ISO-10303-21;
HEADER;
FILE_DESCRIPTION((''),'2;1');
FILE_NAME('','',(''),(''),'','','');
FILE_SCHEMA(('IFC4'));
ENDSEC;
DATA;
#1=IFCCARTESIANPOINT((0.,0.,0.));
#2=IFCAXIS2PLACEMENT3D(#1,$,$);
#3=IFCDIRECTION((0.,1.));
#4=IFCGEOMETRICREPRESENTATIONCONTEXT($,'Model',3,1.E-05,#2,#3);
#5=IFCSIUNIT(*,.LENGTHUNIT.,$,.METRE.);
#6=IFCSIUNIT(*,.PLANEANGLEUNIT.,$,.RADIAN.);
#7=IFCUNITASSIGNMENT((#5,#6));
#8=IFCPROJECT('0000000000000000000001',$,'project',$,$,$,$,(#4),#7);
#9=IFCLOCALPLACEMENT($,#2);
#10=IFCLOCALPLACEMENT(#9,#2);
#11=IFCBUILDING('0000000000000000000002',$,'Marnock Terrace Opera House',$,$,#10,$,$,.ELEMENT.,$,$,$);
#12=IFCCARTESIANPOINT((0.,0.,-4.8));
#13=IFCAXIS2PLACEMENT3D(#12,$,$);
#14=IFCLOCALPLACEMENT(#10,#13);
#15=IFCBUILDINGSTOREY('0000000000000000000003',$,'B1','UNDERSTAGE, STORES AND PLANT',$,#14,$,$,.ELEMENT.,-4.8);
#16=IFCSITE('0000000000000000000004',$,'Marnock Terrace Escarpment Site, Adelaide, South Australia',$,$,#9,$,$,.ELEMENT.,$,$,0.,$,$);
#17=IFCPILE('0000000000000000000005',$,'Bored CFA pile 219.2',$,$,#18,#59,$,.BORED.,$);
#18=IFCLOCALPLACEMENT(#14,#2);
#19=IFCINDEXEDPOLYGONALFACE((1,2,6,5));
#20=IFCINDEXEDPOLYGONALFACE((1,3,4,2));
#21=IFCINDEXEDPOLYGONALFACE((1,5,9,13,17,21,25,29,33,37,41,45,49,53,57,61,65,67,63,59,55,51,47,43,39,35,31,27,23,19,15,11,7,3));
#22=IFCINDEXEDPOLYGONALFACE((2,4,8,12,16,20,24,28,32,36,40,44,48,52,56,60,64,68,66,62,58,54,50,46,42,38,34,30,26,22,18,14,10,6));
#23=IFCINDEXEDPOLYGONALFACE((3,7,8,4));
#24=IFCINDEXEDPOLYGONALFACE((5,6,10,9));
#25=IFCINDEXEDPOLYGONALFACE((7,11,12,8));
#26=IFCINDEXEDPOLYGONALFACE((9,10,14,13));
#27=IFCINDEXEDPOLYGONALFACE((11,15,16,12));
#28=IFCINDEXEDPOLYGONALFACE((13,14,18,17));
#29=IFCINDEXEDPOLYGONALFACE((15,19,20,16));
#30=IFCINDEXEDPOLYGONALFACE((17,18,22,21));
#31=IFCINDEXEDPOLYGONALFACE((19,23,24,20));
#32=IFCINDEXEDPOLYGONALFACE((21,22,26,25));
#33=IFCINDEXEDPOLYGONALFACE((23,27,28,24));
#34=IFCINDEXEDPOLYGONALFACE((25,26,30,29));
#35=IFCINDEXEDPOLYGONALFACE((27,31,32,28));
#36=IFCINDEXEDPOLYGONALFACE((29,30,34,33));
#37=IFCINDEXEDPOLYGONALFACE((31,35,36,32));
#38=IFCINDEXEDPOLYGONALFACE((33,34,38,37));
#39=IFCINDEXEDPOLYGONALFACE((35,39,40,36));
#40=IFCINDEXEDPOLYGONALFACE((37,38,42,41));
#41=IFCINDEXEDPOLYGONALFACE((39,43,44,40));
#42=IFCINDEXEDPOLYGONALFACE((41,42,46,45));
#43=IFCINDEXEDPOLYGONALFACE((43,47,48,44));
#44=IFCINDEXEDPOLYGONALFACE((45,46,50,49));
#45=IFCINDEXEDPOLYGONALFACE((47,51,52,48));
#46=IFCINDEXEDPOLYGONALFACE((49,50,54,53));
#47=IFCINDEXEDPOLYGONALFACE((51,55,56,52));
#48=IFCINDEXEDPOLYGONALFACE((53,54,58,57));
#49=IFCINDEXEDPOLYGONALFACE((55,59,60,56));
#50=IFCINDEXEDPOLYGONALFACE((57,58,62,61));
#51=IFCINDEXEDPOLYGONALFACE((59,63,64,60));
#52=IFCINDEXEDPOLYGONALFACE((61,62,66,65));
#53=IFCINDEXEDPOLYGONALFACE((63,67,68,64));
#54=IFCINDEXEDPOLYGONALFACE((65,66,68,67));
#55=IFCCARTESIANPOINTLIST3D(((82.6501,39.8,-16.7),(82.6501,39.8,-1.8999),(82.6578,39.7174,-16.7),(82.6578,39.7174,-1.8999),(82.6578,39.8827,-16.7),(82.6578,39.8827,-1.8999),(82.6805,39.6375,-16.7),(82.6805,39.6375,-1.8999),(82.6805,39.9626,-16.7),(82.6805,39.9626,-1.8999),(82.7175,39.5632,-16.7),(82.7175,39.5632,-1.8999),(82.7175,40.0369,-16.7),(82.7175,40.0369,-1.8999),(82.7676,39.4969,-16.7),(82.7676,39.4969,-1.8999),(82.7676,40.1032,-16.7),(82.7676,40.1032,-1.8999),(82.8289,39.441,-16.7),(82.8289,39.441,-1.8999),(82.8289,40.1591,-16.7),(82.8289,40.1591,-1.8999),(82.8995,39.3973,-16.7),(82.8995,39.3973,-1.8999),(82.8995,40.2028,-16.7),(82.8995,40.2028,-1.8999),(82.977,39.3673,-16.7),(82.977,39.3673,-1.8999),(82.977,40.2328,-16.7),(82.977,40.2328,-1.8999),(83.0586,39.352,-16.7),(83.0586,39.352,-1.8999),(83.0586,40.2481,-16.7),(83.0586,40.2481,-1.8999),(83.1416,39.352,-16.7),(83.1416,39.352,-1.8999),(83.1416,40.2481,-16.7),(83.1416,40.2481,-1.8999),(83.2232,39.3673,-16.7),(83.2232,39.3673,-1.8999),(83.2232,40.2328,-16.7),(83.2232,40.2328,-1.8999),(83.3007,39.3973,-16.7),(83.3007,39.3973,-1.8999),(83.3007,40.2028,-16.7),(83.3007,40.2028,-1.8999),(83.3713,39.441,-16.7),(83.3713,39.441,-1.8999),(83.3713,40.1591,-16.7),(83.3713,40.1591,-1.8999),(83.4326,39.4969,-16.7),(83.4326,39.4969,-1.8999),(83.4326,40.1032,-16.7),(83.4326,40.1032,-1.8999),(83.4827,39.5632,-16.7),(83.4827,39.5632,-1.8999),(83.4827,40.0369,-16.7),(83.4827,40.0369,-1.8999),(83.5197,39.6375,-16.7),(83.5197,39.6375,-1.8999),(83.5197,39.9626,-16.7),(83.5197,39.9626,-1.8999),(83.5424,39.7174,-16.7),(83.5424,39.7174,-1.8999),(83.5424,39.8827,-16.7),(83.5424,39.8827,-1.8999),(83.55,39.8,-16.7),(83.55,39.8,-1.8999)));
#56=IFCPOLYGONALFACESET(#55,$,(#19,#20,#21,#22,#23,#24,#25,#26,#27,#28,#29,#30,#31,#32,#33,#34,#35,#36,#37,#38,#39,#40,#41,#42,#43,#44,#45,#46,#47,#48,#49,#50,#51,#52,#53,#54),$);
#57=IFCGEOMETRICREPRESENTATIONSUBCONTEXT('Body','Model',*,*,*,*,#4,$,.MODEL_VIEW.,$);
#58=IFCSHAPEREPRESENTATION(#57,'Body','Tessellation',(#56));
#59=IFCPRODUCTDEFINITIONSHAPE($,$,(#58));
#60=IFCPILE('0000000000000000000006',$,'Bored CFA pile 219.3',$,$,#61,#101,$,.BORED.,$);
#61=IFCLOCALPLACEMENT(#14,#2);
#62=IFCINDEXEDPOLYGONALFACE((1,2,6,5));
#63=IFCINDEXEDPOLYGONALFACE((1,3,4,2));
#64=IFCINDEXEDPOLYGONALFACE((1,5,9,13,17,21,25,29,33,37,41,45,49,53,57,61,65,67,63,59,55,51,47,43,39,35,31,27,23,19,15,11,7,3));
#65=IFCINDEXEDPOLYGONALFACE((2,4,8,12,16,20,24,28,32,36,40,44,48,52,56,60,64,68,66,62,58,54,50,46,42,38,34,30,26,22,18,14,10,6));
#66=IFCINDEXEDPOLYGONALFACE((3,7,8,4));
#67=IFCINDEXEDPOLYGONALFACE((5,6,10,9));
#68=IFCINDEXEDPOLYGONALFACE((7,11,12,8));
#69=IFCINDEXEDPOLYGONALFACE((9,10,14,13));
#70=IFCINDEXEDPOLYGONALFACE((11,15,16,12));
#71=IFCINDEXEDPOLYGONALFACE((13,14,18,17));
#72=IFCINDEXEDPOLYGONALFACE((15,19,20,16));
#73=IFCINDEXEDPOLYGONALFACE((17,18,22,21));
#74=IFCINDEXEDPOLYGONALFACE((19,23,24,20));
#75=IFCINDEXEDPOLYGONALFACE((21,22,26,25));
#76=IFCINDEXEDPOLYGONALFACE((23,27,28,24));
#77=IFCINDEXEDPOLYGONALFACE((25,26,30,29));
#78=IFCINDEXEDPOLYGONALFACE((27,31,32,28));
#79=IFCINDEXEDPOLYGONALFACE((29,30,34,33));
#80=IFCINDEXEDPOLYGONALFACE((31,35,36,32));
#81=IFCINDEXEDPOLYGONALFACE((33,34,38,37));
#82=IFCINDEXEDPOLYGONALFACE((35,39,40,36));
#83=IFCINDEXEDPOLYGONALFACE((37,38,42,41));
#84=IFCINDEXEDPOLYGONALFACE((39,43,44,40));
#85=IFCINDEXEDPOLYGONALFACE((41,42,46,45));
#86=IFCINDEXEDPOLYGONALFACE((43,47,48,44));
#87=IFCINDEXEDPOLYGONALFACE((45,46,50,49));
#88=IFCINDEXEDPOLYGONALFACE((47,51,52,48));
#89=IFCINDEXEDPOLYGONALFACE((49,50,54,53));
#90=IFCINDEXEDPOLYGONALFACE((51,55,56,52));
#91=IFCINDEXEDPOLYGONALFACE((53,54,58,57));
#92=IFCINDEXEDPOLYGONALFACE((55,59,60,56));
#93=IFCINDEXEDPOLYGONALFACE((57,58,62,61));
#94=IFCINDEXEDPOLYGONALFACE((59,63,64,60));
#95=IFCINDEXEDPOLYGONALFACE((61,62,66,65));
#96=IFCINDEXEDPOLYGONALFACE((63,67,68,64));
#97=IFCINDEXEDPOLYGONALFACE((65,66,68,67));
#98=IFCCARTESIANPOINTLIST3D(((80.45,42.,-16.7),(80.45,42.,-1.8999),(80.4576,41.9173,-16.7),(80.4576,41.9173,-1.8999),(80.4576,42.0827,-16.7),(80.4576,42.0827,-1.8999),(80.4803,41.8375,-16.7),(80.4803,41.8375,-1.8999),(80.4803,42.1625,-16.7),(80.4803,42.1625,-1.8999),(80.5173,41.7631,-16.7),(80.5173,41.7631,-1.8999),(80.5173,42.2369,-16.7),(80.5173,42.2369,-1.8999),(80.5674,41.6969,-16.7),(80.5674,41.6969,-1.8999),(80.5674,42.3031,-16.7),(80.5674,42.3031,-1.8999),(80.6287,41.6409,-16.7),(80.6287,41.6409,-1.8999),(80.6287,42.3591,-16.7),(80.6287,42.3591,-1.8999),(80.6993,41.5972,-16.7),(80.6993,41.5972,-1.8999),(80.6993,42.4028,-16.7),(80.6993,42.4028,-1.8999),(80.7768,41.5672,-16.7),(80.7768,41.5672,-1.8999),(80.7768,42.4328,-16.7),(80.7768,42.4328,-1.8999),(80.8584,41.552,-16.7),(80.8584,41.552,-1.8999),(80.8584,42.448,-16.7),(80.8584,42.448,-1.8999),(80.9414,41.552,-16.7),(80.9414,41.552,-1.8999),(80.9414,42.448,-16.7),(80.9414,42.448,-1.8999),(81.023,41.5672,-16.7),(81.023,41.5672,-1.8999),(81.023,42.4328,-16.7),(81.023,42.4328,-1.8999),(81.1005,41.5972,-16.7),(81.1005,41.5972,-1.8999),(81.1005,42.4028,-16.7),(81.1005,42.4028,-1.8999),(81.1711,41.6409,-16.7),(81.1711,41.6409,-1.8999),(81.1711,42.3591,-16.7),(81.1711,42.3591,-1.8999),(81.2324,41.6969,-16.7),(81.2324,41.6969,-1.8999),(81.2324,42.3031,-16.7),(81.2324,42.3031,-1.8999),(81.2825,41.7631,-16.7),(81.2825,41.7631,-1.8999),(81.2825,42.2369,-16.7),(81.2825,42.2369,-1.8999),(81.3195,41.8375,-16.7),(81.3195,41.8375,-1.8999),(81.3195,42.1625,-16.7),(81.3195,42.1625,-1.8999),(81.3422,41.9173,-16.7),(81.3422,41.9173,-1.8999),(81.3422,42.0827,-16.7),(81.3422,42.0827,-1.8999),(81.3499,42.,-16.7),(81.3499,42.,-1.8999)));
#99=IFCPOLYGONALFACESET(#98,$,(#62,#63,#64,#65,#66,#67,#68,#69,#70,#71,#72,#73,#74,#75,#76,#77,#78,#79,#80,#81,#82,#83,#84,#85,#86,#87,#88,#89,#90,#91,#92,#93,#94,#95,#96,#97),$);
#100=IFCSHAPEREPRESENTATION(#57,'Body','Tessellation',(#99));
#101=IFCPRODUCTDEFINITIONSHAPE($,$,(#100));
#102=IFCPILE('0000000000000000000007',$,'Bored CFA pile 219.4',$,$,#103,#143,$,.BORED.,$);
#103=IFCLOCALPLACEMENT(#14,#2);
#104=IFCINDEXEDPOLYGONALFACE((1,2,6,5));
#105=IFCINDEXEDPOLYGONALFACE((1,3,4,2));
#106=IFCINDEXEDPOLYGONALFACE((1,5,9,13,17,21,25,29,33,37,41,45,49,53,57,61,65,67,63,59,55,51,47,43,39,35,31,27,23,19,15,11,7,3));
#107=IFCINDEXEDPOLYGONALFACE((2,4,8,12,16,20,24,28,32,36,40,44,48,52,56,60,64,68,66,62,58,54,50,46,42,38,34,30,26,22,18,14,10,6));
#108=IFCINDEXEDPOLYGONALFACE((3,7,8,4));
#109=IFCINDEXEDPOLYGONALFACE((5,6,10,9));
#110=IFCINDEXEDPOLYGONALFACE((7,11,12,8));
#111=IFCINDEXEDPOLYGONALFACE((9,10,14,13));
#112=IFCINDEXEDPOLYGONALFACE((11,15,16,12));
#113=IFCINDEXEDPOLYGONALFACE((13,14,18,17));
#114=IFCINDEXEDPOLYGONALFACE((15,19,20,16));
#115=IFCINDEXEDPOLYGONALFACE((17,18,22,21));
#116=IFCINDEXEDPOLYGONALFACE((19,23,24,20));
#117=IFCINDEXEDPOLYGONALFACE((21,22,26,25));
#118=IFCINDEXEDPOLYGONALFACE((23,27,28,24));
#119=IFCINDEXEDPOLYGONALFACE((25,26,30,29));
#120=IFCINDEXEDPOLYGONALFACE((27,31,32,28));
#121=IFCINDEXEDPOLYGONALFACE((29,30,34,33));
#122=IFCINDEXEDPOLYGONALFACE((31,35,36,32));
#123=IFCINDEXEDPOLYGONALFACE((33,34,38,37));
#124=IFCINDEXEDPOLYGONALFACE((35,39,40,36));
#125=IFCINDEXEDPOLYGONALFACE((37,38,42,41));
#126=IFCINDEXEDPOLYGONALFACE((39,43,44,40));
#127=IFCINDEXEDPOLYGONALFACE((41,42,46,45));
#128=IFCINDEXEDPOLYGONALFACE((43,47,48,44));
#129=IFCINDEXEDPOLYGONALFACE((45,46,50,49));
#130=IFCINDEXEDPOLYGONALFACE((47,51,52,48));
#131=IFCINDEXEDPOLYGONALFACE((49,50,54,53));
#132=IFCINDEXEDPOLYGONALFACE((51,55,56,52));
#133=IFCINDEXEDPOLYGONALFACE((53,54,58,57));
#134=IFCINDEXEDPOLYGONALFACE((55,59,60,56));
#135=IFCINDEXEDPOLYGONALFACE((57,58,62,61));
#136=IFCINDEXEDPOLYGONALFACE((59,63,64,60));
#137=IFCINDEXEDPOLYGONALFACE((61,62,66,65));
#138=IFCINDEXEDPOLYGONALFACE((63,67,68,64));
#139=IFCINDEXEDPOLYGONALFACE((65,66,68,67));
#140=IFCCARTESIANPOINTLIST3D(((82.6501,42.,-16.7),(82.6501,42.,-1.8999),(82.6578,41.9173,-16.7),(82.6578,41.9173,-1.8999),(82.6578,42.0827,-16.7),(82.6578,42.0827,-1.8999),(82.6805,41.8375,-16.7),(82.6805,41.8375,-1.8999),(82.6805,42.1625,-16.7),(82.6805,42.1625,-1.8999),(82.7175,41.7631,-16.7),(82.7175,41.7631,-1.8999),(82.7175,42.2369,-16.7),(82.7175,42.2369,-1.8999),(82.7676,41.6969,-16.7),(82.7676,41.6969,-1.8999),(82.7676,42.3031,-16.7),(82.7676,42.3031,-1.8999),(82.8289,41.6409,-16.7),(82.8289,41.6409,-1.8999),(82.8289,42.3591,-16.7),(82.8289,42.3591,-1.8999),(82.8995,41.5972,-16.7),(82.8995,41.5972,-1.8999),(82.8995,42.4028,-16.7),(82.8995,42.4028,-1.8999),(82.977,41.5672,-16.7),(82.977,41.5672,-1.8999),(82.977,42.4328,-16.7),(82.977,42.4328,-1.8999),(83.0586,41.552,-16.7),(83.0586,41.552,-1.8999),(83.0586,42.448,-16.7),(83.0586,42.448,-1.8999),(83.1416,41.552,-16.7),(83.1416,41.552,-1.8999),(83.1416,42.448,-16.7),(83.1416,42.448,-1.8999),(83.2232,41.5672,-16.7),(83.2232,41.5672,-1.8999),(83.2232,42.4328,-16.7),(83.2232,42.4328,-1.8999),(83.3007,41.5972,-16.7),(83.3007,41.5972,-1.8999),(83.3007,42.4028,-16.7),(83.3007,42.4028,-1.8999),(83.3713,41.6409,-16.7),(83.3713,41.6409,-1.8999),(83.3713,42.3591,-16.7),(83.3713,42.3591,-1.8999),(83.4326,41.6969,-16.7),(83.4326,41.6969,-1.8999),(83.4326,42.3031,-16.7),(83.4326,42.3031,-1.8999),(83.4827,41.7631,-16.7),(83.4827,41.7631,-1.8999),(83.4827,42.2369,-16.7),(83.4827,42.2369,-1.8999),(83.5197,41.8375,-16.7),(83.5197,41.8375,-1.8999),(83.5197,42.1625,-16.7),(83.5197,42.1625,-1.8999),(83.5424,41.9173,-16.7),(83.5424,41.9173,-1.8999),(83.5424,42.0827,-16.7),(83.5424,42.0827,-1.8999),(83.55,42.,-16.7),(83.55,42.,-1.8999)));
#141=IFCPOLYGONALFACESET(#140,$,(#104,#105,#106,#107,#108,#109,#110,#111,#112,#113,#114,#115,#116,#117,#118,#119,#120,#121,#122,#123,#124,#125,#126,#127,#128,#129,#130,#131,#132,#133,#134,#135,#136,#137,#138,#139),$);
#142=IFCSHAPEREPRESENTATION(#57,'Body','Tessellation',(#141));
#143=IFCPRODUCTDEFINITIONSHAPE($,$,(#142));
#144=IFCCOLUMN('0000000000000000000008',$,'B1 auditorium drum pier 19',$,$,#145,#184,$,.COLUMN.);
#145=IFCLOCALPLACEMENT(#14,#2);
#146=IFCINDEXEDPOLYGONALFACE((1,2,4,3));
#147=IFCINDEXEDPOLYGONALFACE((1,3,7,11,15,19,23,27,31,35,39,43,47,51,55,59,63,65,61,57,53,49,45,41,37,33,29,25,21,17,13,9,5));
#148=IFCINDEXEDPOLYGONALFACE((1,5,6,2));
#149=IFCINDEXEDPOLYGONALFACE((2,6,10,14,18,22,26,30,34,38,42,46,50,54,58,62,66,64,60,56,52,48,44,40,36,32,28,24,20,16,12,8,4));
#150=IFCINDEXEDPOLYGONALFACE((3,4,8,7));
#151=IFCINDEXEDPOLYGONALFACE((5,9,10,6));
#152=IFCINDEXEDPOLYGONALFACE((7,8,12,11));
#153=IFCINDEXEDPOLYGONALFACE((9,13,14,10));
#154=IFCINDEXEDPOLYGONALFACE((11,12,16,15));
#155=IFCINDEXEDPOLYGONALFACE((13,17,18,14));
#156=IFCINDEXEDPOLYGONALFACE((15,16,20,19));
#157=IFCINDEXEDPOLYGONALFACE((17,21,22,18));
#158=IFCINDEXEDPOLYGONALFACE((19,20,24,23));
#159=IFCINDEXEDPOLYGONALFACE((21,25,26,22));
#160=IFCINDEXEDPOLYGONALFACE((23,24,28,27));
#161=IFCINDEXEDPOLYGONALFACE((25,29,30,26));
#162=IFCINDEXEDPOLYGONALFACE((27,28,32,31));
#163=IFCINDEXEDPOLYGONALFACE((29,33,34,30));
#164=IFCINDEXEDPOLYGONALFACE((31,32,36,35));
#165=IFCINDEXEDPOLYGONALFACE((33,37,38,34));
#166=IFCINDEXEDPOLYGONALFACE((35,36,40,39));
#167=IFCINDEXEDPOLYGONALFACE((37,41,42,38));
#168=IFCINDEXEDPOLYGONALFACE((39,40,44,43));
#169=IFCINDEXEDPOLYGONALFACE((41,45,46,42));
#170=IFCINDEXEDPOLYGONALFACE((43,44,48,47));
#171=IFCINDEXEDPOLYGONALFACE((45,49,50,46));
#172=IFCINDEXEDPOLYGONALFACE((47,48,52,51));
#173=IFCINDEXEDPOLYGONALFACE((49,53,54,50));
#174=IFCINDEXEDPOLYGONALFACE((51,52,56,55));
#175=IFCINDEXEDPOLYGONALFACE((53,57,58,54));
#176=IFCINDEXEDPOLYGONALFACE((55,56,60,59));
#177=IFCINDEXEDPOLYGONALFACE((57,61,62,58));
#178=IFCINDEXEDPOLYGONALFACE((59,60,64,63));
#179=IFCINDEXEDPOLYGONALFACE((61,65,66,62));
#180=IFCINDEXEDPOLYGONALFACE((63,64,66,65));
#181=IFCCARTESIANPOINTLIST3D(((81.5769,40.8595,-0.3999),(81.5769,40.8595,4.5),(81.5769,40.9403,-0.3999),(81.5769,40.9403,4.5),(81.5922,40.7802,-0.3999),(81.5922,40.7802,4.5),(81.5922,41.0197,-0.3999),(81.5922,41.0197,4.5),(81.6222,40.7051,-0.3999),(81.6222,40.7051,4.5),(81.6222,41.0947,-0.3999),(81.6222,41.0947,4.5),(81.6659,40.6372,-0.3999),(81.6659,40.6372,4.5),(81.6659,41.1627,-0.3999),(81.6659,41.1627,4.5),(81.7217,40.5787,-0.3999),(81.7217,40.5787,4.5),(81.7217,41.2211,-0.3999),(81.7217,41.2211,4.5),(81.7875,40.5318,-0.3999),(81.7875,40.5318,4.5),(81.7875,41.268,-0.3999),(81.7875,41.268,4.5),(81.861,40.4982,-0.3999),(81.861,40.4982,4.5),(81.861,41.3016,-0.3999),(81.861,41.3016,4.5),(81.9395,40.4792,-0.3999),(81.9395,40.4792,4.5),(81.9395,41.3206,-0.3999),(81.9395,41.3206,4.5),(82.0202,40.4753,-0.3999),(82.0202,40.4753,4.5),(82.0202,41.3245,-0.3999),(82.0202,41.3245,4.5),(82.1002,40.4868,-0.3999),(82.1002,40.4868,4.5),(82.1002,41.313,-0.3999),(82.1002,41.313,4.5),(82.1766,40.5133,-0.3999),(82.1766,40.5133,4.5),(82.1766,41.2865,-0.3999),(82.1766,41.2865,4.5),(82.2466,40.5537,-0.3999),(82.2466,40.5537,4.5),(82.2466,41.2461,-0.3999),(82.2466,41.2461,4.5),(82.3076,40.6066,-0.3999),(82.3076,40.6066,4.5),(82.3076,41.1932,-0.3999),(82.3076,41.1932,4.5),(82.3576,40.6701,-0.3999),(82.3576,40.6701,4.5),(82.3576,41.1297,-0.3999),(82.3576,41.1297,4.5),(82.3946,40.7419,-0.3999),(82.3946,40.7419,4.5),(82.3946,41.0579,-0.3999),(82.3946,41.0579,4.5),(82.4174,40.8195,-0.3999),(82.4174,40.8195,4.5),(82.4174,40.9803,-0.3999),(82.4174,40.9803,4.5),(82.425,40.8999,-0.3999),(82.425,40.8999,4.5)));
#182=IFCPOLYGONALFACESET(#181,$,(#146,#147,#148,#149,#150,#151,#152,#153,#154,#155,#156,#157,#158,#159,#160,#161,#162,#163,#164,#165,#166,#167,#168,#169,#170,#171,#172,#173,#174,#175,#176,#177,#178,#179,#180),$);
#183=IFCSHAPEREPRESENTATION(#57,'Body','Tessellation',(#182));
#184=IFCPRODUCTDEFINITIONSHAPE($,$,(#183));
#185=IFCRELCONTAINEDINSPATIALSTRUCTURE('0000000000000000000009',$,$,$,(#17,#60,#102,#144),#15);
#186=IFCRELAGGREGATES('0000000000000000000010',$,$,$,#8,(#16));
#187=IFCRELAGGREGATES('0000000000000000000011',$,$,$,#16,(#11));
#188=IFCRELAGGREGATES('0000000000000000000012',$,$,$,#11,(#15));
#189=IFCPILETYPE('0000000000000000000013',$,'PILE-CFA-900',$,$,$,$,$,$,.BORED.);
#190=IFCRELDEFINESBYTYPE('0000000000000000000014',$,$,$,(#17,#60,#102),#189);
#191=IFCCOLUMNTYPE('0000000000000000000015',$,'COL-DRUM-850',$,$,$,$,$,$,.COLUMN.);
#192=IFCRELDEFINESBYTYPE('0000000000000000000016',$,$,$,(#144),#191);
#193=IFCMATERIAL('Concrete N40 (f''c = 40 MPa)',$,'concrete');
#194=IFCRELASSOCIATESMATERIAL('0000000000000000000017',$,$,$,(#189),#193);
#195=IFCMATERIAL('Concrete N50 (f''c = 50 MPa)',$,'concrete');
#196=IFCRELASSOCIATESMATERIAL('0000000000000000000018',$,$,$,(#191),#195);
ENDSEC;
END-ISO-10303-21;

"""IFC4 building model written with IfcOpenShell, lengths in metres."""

from ifc_helpers import new_model, si_unit, direction, frame, origin, origin_2d, place, context, subcontext, project, spatial, circle, extrude, material, material_profile, profile_set, type_object, element, save


model = new_model("IFC4")

# Units and contexts
model_context = context("Model", 3, precision=1e-05, world=origin(), true_north=direction((0.0, 1.0)))
body_context = subcontext(model_context, "Body", "Model", "MODEL_VIEW")
ifc_project = project(units=[si_unit("LENGTHUNIT", "METRE"), si_unit("PLANEANGLEUNIT", "RADIAN")], contexts=[model_context])

# Site, building, storey
site_placement = place(None, origin())
site = spatial("IfcSite", under=ifc_project, at=site_placement, Name="Marnock Terrace Escarpment Site, Adelaide, South Australia", CompositionType="ELEMENT", RefElevation=0.0)
building_placement = place(site_placement, origin())
building = spatial("IfcBuilding", under=site, at=building_placement, Name="Marnock Terrace Opera House", CompositionType="ELEMENT")
storey_placement = place(building_placement, frame((0.0, 0.0, -4.8)))
storey = spatial("IfcBuildingStorey", under=building, at=storey_placement, Name="B1", Description="UNDERSTAGE, STORES AND PLANT", CompositionType="ELEMENT", Elevation=-4.8)

# Shared definitions
ifc_material_1 = material(Name="Concrete N40 (f'c = 40 MPa)", Category="concrete")

# Piles
ifc_material_profile_1 = material_profile(ifc_material_1, circle(Radius=0.45, at=origin_2d()))
ifc_profile_set_1 = profile_set([ifc_material_profile_1], Name="Concrete N40 (f'c = 40 MPa)")
pile_type_1 = type_object("IfcPileType", Name="PILE-CFA-900", PredefinedType="BORED", material=ifc_profile_set_1)
for number, where, z_axis, x_axis, name in (
    (1, (83.1001, 39.8, -1.8999), (0.0, 0.0, -1.0), (1.0, 0.0, 0.0), "Bored CFA pile 219.2"),
    (2, (80.8999, 42.0, -1.8999), (0.0, 0.0, -1.0), (1.0, 0.0, 0.0), "Bored CFA pile 219.3"),
    (3, (83.1001, 42.0, -1.8999), (0.0, 0.0, -1.0), (1.0, 0.0, 0.0), "Bored CFA pile 219.4"),
):
    element("IfcPile", number, at=place(storey_placement, frame(where, z_axis=z_axis, x_axis=x_axis)), inside=storey, type_object=pile_type_1, Name=name, PredefinedType="BORED", context=body_context, shape_type="SweptSolid", body=[
        extrude(circle(Radius=0.45, at=origin_2d()), origin(), (0.0, 0.0, 1.0), 14.8),
    ])

# Column
ifc_material_2 = material(Name="Concrete N50 (f'c = 50 MPa)", Category="concrete")
ifc_material_profile_2 = material_profile(ifc_material_2, circle(Radius=0.425, at=origin_2d()))
ifc_profile_set_2 = profile_set([ifc_material_profile_2], Name="Concrete N50 (f'c = 50 MPa)")
column_type_1 = type_object("IfcColumnType", Name="COL-DRUM-850", PredefinedType="COLUMN", material=ifc_profile_set_2)
for number, where, z_axis, x_axis, name in (
    (4, (82.0, 40.8999, -0.3999), (0.0, 0.0, 1.0), (1.0, 0.0, 0.0), "B1 auditorium drum pier 19"),
):
    element("IfcColumn", number, at=place(storey_placement, frame(where, z_axis=z_axis, x_axis=x_axis)), inside=storey, type_object=column_type_1, Name=name, PredefinedType="COLUMN", context=body_context, shape_type="SweptSolid", body=[
        extrude(circle(Radius=0.425, at=origin_2d()), origin(), (0.0, 0.0, 1.0), 4.8999),
    ])

save(model, "model.ifc")
